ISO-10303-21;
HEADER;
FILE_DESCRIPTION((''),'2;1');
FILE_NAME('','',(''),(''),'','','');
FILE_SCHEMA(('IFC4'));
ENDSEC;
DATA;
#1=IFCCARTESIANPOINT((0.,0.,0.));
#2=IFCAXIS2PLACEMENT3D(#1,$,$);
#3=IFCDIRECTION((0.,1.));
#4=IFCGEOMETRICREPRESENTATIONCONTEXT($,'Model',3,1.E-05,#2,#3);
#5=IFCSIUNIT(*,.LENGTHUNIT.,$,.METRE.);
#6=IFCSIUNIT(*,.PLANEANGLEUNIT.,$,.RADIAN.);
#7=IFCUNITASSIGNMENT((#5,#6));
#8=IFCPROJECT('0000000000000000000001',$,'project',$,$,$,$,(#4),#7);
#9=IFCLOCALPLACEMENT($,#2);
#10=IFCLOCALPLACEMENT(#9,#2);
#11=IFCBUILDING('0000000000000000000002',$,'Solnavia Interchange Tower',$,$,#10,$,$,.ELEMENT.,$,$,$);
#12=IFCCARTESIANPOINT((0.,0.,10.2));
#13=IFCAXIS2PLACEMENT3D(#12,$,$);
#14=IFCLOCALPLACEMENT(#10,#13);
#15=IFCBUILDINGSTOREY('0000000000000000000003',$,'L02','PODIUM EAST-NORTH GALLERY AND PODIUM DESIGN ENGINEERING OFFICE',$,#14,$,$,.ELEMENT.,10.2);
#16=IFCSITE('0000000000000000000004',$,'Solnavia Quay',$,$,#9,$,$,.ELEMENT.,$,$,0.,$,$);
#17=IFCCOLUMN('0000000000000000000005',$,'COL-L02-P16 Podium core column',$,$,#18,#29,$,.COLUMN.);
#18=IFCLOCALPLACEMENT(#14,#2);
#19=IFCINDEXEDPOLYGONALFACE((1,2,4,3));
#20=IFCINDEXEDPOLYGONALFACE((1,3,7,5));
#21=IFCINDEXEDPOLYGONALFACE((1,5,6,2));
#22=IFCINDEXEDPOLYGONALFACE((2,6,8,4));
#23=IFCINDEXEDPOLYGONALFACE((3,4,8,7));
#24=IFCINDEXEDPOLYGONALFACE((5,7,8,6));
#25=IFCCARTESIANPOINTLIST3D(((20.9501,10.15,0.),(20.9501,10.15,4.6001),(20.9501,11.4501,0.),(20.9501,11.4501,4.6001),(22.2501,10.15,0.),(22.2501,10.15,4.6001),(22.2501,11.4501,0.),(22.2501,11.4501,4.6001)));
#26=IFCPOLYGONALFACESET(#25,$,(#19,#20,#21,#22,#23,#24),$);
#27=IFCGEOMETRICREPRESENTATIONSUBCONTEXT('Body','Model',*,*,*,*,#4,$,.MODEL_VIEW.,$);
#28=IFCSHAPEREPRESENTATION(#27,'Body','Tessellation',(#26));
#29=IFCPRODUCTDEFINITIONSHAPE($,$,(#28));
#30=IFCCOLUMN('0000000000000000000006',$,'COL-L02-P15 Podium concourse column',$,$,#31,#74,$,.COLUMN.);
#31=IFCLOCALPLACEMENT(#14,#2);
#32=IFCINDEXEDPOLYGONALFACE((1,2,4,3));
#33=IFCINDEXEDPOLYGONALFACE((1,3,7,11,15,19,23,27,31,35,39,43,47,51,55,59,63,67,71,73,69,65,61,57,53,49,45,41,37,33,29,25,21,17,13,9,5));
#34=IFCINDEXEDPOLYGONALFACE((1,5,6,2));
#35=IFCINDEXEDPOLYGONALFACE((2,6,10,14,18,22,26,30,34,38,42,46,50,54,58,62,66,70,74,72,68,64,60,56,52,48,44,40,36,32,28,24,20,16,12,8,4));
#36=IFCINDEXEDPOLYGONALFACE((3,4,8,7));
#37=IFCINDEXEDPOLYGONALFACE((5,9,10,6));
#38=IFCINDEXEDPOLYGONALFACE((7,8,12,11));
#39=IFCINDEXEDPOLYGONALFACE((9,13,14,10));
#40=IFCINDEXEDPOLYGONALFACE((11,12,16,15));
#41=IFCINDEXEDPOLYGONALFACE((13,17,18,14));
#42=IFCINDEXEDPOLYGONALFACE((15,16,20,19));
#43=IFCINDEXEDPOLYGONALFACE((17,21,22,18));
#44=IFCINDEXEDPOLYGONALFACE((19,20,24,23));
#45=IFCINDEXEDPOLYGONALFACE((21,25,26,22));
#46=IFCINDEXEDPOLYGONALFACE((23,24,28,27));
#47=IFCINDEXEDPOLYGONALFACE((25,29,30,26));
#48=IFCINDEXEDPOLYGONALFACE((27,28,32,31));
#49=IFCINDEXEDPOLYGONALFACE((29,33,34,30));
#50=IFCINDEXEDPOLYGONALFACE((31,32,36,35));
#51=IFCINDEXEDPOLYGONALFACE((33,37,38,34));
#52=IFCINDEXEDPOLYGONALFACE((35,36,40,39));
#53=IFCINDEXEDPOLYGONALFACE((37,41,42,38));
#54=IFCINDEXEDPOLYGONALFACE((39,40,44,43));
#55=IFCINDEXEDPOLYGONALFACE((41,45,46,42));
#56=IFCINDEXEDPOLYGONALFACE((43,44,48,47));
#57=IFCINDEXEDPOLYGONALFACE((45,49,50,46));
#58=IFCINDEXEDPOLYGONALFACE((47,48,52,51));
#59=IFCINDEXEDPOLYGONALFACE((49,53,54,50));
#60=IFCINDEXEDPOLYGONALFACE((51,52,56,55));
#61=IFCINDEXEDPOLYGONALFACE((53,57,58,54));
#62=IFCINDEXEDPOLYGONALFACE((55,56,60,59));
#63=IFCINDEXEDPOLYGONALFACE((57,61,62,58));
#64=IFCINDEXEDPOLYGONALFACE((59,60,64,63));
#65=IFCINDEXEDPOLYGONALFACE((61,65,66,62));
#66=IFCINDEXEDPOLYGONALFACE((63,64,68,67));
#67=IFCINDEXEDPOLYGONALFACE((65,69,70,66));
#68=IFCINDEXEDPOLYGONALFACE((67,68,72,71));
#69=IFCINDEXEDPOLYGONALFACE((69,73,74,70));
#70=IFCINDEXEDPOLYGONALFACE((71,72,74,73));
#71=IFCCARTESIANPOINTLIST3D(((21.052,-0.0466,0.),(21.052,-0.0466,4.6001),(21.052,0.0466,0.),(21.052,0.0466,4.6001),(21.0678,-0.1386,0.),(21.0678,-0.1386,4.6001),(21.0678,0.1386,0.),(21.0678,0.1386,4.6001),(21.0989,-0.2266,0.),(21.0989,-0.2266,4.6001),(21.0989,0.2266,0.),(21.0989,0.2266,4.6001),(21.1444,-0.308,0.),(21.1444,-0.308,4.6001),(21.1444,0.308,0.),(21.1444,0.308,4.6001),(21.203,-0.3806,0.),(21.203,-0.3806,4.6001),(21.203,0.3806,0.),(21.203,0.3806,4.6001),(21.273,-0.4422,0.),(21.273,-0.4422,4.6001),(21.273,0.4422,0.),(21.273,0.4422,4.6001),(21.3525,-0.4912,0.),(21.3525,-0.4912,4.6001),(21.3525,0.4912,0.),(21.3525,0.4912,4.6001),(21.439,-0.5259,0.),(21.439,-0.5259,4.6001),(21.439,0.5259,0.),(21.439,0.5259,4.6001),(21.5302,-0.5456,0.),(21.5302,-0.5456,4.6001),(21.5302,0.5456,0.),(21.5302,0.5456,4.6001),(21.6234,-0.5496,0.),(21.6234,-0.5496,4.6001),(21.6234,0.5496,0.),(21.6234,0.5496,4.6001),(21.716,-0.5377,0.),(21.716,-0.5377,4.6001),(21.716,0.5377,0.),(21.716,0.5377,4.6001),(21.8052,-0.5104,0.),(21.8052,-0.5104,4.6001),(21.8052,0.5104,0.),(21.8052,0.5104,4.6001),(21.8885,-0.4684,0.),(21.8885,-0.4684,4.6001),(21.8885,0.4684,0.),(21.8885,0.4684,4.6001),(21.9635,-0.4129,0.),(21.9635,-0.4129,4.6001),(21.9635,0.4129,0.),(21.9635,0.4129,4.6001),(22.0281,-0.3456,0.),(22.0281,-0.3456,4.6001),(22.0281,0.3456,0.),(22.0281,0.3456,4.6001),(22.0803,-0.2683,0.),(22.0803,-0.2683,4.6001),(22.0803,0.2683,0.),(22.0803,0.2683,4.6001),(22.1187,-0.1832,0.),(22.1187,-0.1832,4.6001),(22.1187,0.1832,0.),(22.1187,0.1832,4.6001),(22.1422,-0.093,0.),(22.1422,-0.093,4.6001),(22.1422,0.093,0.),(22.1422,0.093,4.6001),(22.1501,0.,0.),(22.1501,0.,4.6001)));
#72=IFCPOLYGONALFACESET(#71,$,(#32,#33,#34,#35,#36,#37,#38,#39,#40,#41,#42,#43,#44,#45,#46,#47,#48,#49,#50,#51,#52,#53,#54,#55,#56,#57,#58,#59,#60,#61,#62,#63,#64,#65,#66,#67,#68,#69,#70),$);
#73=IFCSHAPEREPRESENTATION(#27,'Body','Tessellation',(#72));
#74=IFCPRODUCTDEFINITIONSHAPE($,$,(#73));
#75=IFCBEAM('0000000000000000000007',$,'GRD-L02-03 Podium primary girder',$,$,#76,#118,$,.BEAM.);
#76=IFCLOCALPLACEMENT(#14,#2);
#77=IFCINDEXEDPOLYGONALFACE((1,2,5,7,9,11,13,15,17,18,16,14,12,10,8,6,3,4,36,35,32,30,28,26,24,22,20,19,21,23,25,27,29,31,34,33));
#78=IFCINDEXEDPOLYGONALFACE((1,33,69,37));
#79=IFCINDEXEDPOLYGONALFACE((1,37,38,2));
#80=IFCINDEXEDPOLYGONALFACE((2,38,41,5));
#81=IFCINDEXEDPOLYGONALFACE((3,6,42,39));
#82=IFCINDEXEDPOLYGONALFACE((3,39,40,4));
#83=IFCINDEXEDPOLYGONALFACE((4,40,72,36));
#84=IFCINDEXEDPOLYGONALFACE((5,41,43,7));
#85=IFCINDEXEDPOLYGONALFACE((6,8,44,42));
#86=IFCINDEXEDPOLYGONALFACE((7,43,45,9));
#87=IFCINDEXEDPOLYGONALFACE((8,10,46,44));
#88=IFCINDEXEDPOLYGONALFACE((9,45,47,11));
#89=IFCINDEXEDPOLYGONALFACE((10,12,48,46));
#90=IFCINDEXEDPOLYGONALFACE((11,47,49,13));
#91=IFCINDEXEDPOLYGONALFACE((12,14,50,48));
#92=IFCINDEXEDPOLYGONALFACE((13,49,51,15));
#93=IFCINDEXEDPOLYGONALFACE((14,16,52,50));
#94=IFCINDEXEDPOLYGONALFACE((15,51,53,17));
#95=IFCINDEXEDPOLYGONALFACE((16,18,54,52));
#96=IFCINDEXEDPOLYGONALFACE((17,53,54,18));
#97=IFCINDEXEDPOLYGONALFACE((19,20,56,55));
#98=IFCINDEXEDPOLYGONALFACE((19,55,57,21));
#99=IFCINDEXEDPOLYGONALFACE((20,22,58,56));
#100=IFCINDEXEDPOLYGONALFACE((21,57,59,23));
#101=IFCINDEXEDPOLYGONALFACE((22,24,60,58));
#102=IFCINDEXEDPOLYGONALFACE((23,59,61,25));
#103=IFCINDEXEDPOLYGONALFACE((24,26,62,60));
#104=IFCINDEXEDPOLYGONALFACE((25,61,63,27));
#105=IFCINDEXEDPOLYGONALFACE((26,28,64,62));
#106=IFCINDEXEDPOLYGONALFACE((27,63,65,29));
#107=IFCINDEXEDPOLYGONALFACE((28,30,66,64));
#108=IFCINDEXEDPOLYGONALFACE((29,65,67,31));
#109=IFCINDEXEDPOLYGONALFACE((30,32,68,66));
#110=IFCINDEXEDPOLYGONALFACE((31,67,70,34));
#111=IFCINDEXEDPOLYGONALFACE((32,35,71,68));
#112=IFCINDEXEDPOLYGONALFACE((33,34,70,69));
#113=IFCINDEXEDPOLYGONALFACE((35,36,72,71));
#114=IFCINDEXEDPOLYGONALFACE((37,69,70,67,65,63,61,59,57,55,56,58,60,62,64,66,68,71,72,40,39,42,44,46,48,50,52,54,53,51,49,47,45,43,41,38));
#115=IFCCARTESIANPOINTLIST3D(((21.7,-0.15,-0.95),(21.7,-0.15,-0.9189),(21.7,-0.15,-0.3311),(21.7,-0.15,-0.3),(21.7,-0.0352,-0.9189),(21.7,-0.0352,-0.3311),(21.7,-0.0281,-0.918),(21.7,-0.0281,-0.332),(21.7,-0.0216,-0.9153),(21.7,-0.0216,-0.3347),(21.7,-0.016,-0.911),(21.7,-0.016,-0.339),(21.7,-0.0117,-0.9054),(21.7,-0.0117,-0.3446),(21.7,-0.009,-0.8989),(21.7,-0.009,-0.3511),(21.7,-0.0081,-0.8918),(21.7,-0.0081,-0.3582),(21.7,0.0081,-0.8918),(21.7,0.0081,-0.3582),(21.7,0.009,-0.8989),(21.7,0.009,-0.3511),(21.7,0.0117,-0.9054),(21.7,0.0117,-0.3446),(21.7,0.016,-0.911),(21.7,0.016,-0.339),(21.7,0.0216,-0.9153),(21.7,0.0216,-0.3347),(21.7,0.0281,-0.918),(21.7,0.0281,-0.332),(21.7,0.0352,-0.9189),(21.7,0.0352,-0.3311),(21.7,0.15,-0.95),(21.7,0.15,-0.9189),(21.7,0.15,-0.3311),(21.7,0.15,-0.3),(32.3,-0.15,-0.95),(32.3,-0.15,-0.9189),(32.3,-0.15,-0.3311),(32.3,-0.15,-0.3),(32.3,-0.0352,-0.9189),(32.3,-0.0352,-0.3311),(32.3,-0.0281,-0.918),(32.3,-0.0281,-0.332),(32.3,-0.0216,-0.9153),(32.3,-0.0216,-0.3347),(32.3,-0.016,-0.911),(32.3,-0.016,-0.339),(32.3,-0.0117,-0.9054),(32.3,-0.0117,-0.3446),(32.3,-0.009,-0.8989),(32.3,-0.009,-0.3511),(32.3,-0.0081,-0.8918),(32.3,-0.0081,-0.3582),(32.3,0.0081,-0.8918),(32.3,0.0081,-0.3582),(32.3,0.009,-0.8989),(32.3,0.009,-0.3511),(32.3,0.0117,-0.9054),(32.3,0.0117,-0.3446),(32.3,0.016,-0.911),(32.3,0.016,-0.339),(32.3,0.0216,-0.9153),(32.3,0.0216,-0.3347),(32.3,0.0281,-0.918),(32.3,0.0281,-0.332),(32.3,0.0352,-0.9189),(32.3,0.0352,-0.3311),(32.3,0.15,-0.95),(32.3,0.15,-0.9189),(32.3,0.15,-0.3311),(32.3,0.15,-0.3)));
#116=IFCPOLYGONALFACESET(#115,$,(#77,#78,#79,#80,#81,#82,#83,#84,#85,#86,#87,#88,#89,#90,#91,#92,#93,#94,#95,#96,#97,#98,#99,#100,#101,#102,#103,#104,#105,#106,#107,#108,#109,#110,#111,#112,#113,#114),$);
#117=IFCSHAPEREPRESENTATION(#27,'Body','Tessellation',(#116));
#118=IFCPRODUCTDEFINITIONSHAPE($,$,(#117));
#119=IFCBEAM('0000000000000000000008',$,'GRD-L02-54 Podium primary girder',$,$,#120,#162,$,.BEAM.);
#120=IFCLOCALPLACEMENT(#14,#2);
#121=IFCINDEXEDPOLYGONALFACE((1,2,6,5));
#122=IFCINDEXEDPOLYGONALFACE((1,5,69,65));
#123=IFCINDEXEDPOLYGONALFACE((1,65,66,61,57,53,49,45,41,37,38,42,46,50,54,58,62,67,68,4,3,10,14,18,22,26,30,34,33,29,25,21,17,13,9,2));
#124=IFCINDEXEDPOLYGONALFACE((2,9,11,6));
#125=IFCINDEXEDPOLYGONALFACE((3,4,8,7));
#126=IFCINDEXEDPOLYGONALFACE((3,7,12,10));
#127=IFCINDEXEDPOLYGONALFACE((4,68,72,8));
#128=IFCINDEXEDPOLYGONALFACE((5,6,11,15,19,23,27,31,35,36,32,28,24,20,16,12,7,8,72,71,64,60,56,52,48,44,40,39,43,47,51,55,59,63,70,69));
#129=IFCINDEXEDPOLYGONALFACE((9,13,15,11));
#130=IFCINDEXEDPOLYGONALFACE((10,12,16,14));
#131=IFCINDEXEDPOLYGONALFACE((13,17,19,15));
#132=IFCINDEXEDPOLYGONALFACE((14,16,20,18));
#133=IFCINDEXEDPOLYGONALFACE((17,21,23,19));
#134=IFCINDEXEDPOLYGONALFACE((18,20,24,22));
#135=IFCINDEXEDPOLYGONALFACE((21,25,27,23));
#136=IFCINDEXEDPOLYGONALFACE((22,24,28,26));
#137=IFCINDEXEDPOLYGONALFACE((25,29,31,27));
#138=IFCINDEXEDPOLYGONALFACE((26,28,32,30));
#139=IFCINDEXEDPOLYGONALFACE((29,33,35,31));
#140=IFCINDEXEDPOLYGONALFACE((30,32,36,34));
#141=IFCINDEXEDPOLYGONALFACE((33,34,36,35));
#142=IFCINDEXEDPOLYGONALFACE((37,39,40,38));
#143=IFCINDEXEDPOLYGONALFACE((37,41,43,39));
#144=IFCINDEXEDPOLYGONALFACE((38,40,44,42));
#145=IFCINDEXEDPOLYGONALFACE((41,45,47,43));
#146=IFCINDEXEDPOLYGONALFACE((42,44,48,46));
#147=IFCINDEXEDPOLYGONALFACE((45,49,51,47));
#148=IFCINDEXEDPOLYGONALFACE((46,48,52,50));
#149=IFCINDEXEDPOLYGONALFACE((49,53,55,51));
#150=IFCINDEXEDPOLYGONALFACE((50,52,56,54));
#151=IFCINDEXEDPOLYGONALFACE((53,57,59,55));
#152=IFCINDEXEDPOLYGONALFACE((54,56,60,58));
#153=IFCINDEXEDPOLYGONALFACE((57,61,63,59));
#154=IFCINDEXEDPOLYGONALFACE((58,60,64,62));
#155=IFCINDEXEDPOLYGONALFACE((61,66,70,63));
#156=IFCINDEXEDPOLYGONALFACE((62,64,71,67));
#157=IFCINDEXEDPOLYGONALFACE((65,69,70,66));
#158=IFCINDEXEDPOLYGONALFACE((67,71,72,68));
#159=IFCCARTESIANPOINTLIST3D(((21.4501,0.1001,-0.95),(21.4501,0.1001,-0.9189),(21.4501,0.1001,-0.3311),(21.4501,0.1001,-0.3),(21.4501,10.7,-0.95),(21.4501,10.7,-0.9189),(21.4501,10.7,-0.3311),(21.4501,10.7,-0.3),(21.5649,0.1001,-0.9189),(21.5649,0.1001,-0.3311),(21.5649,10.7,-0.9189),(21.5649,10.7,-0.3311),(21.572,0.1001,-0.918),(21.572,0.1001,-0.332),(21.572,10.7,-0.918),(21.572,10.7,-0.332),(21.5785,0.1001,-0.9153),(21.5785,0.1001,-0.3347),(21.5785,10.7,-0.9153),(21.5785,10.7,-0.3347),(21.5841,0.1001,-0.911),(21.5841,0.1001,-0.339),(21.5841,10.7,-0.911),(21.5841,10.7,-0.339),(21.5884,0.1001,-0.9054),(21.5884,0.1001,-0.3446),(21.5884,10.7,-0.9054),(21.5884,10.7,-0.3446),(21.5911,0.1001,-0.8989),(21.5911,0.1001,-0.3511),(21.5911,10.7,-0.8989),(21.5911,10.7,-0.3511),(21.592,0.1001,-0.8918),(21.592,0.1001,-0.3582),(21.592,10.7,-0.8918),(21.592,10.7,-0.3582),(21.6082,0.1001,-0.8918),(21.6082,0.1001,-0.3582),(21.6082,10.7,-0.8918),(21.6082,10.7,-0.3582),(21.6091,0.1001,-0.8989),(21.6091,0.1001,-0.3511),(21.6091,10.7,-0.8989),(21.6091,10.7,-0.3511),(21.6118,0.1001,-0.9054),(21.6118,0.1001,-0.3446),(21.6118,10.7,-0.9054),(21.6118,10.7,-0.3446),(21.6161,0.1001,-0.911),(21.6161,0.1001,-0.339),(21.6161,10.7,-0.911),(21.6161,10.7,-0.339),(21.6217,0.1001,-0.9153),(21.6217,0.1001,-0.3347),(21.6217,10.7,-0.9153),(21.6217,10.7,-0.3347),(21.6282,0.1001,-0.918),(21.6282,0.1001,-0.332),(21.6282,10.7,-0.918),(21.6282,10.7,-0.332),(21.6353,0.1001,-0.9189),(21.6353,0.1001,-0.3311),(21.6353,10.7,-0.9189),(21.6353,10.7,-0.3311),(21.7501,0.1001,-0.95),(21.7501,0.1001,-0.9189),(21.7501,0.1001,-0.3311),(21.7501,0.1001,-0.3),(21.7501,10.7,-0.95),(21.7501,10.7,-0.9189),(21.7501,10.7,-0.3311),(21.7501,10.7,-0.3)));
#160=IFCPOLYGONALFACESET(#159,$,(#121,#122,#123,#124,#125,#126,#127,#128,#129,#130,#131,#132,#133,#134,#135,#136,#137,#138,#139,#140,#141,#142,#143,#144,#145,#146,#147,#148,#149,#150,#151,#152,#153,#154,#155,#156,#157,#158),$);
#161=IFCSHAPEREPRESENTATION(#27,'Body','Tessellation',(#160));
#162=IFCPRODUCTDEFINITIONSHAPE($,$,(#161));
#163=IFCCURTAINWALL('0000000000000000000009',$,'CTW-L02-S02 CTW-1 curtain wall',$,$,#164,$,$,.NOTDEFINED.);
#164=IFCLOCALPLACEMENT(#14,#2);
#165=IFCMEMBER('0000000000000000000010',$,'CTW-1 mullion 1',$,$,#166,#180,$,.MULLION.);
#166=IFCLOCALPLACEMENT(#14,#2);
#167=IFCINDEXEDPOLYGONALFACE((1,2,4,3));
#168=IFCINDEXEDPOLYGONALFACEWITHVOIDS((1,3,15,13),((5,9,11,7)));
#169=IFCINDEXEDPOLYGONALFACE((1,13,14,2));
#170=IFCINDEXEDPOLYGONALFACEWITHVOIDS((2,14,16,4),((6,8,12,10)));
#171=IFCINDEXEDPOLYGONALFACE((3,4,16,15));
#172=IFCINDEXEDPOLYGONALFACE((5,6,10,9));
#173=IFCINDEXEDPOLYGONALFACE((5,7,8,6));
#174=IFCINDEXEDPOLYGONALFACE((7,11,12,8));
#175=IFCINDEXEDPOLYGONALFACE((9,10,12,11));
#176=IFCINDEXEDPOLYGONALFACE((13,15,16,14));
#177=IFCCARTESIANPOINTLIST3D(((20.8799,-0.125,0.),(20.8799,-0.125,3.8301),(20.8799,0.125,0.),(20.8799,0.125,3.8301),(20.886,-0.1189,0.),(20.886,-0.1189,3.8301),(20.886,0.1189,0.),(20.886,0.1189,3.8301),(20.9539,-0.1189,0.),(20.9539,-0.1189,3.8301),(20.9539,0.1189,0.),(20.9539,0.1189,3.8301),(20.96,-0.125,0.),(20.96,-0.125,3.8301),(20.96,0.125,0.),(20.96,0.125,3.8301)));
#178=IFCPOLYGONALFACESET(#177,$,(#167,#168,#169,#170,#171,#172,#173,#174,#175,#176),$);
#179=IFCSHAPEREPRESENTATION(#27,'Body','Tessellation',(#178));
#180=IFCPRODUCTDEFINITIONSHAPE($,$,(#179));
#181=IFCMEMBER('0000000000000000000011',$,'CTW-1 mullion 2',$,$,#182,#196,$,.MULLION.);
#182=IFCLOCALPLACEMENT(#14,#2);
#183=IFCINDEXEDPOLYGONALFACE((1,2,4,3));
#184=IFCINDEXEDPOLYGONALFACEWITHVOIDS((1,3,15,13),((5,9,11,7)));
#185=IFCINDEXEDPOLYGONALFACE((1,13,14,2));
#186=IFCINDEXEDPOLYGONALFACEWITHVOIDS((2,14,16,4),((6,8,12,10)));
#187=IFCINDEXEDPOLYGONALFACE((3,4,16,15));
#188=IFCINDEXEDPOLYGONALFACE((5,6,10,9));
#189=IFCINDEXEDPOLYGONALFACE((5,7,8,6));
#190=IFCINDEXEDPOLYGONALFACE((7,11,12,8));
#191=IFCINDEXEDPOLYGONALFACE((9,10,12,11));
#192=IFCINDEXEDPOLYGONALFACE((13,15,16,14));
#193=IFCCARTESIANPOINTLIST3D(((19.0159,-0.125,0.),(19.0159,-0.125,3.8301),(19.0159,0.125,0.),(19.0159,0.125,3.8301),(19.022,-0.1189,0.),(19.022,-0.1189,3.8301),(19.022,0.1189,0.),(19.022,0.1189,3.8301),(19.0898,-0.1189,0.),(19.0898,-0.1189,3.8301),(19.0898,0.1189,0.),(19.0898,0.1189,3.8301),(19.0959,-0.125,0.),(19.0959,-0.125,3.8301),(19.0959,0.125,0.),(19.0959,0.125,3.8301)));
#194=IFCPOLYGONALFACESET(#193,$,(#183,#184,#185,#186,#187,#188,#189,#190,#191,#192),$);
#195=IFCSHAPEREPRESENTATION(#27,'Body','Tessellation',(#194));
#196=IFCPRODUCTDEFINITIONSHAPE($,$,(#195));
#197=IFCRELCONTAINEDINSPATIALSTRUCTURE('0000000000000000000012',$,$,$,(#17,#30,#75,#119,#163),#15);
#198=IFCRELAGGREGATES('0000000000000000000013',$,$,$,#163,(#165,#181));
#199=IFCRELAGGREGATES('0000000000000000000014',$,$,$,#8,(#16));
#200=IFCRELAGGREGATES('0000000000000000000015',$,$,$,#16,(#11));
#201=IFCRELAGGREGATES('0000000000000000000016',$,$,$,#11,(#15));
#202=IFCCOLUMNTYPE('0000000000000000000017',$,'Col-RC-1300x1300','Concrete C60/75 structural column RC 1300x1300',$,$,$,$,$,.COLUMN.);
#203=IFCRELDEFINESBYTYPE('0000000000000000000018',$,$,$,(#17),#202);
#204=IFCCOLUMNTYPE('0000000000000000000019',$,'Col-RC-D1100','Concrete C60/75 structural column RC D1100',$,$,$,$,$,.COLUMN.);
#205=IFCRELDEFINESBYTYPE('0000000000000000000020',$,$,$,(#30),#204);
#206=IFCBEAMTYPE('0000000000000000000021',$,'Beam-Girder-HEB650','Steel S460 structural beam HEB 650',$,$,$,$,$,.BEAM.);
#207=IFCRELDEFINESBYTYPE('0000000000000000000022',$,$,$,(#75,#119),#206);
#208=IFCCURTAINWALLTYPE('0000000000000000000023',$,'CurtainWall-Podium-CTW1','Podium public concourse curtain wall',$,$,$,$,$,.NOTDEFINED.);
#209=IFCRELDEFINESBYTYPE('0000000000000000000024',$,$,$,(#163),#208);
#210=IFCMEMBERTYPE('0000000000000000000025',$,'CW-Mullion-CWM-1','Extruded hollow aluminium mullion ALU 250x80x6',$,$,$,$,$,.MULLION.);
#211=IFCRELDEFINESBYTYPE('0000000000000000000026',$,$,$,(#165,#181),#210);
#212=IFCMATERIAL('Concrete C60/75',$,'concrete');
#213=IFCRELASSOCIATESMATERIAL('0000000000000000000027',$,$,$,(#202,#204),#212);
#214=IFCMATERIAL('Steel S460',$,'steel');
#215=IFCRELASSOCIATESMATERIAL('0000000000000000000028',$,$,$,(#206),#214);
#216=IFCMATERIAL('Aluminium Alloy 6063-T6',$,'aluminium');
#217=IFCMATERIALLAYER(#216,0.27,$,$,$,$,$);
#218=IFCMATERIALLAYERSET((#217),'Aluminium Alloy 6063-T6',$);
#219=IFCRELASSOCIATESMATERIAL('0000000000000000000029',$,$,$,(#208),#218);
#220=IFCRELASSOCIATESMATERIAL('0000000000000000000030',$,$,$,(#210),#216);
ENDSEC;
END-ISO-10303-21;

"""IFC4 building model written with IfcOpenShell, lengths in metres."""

from ifc_helpers import new_model, si_unit, direction, frame, origin, origin_2d, place, context, subcontext, project, spatial, rectangle, hollow_rectangle, circle, i_section, extrude, material, layer, layer_set, material_profile, profile_set, type_object, element, aggregate, save


model = new_model("IFC4")

# Units and contexts
model_context = context("Model", 3, precision=1e-05, world=origin(), true_north=direction((0.0, 1.0)))
body_context = subcontext(model_context, "Body", "Model", "MODEL_VIEW")
ifc_project = project(units=[si_unit("LENGTHUNIT", "METRE"), si_unit("PLANEANGLEUNIT", "RADIAN")], contexts=[model_context])

# Site, building, storey
site_placement = place(None, origin())
site = spatial("IfcSite", under=ifc_project, at=site_placement, Name="Solnavia Quay", CompositionType="ELEMENT", RefElevation=0.0)
building_placement = place(site_placement, origin())
building = spatial("IfcBuilding", under=site, at=building_placement, Name="Solnavia Interchange Tower", CompositionType="ELEMENT")
storey_placement = place(building_placement, frame((0.0, 0.0, 10.2)))
storey = spatial("IfcBuildingStorey", under=building, at=storey_placement, Name="L02", Description="PODIUM EAST-NORTH GALLERY AND PODIUM DESIGN ENGINEERING OFFICE", CompositionType="ELEMENT", Elevation=10.2)

# Columns
ifc_material_1 = material(Name="Concrete C60/75", Category="concrete")
ifc_material_profile_1 = material_profile(ifc_material_1, rectangle(XDim=1.3, YDim=1.3, at=origin_2d()), Name="RC 1300x1300")
ifc_profile_set_1 = profile_set([ifc_material_profile_1], Name="Concrete C60/75")
column_type_1 = type_object("IfcColumnType", Name="Col-RC-1300x1300", Description="Concrete C60/75 structural column RC 1300x1300", PredefinedType="COLUMN", material=ifc_profile_set_1)
column_1_placement = place(storey_placement, frame((21.6001, 10.8, 0.0), z_axis=(0.0, 0.0, 1.0), x_axis=(1.0, 0.0, 0.0)))
element("IfcColumn", 1, at=column_1_placement, inside=storey, type_object=column_type_1, Name="COL-L02-P16 Podium core column", PredefinedType="COLUMN", context=body_context, shape_type="SweptSolid", body=[
    extrude(rectangle(XDim=1.3, YDim=1.3, at=origin_2d()), origin(), (0.0, 0.0, 1.0), 4.6001),
])
ifc_material_profile_2 = material_profile(ifc_material_1, circle(Radius=0.55, at=origin_2d()), Name="RC D1100")
ifc_profile_set_2 = profile_set([ifc_material_profile_2], Name="Concrete C60/75")
column_type_2 = type_object("IfcColumnType", Name="Col-RC-D1100", Description="Concrete C60/75 structural column RC D1100", PredefinedType="COLUMN", material=ifc_profile_set_2)
column_2_placement = place(storey_placement, frame((21.6001, 0.0, 0.0), z_axis=(0.0, 0.0, 1.0), x_axis=(1.0, 0.0, 0.0)))
element("IfcColumn", 2, at=column_2_placement, inside=storey, type_object=column_type_2, Name="COL-L02-P15 Podium concourse column", PredefinedType="COLUMN", context=body_context, shape_type="SweptSolid", body=[
    extrude(circle(Radius=0.55, at=origin_2d()), origin(), (0.0, 0.0, 1.0), 4.6001),
])

# Beams
ifc_material_2 = material(Name="Steel S460", Category="steel")
ifc_material_profile_3 = material_profile(ifc_material_2, i_section(OverallWidth=0.3, OverallDepth=0.6499, WebThickness=0.0161, FlangeThickness=0.031, FilletRadius=0.0271, at=origin_2d()), Name="HEB 650")
ifc_profile_set_3 = profile_set([ifc_material_profile_3], Name="Steel S460")
beam_type = type_object("IfcBeamType", Name="Beam-Girder-HEB650", Description="Steel S460 structural beam HEB 650", PredefinedType="BEAM", material=ifc_profile_set_3)
beam_1_placement = place(storey_placement, frame((21.7, 0.0, -0.625), z_axis=(1.0, 0.0, 0.0), x_axis=(0.0, 1.0, 0.0)))
element("IfcBeam", 3, at=beam_1_placement, inside=storey, type_object=beam_type, Name="GRD-L02-03 Podium primary girder", PredefinedType="BEAM", context=body_context, shape_type="SweptSolid", body=[
    extrude(i_section(OverallWidth=0.3, OverallDepth=0.6499, WebThickness=0.0161, FlangeThickness=0.031, FilletRadius=0.0271, at=origin_2d()), origin(), (0.0, 0.0, 1.0), 10.6001),
])
beam_2_placement = place(storey_placement, frame((21.6001, 0.1001, -0.625), z_axis=(0.0, 1.0, 0.0), x_axis=(-1.0, 0.0, 0.0)))
element("IfcBeam", 4, at=beam_2_placement, inside=storey, type_object=beam_type, Name="GRD-L02-54 Podium primary girder", PredefinedType="BEAM", context=body_context, shape_type="SweptSolid", body=[
    extrude(i_section(OverallWidth=0.3, OverallDepth=0.6499, WebThickness=0.0161, FlangeThickness=0.031, FilletRadius=0.0271, at=origin_2d()), origin(), (0.0, 0.0, 1.0), 10.5999),
])

# Curtain wall, members
ifc_material_3 = material(Name="Aluminium Alloy 6063-T6", Category="aluminium")
ifc_layer_1 = layer(ifc_material_3, 0.27)
ifc_layer_set_1 = layer_set([ifc_layer_1], Name="Aluminium Alloy 6063-T6")
curtain_wall_type = type_object("IfcCurtainWallType", Name="CurtainWall-Podium-CTW1", Description="Podium public concourse curtain wall", PredefinedType="NOTDEFINED", material=ifc_layer_set_1)
curtain_wall_placement = place(storey_placement, origin())
curtain_wall = element("IfcCurtainWall", 5, at=curtain_wall_placement, inside=storey, type_object=curtain_wall_type, Name="CTW-L02-S02 CTW-1 curtain wall", PredefinedType="NOTDEFINED")
ifc_material_profile_4 = material_profile(ifc_material_3, hollow_rectangle(XDim=0.0801, YDim=0.25, WallThickness=0.0061, at=origin_2d()), Name="ALU 250x80x6")
ifc_profile_set_4 = profile_set([ifc_material_profile_4], Name="Aluminium Alloy 6063-T6")
member_type_1 = type_object("IfcMemberType", Name="CW-Mullion-CWM-1", Description="Extruded hollow aluminium mullion ALU 250x80x6", PredefinedType="MULLION", material=ifc_profile_set_4)
member_1_placement = place(storey_placement, frame((20.9199, 0.0, 0.0), z_axis=(0.0, 0.0, 1.0), x_axis=(-1.0, 0.0, 0.0)))
member_1 = element("IfcMember", 6, at=member_1_placement, type_object=member_type_1, Name="CTW-1 mullion 1", PredefinedType="MULLION", context=body_context, shape_type="SweptSolid", body=[
    extrude(hollow_rectangle(XDim=0.0801, YDim=0.25, WallThickness=0.0061, at=origin_2d()), origin(), (0.0, 0.0, 1.0), 3.8301),
])
member_2_placement = place(storey_placement, frame((19.0559, 0.0, 0.0), z_axis=(0.0, 0.0, 1.0), x_axis=(-1.0, 0.0, 0.0)))
member_2 = element("IfcMember", 7, at=member_2_placement, type_object=member_type_1, Name="CTW-1 mullion 2", PredefinedType="MULLION", context=body_context, shape_type="SweptSolid", body=[
    extrude(hollow_rectangle(XDim=0.0801, YDim=0.25, WallThickness=0.0061, at=origin_2d()), origin(), (0.0, 0.0, 1.0), 3.8301),
])
aggregate(curtain_wall, [member_1, member_2])

save(model, "model.ifc")
